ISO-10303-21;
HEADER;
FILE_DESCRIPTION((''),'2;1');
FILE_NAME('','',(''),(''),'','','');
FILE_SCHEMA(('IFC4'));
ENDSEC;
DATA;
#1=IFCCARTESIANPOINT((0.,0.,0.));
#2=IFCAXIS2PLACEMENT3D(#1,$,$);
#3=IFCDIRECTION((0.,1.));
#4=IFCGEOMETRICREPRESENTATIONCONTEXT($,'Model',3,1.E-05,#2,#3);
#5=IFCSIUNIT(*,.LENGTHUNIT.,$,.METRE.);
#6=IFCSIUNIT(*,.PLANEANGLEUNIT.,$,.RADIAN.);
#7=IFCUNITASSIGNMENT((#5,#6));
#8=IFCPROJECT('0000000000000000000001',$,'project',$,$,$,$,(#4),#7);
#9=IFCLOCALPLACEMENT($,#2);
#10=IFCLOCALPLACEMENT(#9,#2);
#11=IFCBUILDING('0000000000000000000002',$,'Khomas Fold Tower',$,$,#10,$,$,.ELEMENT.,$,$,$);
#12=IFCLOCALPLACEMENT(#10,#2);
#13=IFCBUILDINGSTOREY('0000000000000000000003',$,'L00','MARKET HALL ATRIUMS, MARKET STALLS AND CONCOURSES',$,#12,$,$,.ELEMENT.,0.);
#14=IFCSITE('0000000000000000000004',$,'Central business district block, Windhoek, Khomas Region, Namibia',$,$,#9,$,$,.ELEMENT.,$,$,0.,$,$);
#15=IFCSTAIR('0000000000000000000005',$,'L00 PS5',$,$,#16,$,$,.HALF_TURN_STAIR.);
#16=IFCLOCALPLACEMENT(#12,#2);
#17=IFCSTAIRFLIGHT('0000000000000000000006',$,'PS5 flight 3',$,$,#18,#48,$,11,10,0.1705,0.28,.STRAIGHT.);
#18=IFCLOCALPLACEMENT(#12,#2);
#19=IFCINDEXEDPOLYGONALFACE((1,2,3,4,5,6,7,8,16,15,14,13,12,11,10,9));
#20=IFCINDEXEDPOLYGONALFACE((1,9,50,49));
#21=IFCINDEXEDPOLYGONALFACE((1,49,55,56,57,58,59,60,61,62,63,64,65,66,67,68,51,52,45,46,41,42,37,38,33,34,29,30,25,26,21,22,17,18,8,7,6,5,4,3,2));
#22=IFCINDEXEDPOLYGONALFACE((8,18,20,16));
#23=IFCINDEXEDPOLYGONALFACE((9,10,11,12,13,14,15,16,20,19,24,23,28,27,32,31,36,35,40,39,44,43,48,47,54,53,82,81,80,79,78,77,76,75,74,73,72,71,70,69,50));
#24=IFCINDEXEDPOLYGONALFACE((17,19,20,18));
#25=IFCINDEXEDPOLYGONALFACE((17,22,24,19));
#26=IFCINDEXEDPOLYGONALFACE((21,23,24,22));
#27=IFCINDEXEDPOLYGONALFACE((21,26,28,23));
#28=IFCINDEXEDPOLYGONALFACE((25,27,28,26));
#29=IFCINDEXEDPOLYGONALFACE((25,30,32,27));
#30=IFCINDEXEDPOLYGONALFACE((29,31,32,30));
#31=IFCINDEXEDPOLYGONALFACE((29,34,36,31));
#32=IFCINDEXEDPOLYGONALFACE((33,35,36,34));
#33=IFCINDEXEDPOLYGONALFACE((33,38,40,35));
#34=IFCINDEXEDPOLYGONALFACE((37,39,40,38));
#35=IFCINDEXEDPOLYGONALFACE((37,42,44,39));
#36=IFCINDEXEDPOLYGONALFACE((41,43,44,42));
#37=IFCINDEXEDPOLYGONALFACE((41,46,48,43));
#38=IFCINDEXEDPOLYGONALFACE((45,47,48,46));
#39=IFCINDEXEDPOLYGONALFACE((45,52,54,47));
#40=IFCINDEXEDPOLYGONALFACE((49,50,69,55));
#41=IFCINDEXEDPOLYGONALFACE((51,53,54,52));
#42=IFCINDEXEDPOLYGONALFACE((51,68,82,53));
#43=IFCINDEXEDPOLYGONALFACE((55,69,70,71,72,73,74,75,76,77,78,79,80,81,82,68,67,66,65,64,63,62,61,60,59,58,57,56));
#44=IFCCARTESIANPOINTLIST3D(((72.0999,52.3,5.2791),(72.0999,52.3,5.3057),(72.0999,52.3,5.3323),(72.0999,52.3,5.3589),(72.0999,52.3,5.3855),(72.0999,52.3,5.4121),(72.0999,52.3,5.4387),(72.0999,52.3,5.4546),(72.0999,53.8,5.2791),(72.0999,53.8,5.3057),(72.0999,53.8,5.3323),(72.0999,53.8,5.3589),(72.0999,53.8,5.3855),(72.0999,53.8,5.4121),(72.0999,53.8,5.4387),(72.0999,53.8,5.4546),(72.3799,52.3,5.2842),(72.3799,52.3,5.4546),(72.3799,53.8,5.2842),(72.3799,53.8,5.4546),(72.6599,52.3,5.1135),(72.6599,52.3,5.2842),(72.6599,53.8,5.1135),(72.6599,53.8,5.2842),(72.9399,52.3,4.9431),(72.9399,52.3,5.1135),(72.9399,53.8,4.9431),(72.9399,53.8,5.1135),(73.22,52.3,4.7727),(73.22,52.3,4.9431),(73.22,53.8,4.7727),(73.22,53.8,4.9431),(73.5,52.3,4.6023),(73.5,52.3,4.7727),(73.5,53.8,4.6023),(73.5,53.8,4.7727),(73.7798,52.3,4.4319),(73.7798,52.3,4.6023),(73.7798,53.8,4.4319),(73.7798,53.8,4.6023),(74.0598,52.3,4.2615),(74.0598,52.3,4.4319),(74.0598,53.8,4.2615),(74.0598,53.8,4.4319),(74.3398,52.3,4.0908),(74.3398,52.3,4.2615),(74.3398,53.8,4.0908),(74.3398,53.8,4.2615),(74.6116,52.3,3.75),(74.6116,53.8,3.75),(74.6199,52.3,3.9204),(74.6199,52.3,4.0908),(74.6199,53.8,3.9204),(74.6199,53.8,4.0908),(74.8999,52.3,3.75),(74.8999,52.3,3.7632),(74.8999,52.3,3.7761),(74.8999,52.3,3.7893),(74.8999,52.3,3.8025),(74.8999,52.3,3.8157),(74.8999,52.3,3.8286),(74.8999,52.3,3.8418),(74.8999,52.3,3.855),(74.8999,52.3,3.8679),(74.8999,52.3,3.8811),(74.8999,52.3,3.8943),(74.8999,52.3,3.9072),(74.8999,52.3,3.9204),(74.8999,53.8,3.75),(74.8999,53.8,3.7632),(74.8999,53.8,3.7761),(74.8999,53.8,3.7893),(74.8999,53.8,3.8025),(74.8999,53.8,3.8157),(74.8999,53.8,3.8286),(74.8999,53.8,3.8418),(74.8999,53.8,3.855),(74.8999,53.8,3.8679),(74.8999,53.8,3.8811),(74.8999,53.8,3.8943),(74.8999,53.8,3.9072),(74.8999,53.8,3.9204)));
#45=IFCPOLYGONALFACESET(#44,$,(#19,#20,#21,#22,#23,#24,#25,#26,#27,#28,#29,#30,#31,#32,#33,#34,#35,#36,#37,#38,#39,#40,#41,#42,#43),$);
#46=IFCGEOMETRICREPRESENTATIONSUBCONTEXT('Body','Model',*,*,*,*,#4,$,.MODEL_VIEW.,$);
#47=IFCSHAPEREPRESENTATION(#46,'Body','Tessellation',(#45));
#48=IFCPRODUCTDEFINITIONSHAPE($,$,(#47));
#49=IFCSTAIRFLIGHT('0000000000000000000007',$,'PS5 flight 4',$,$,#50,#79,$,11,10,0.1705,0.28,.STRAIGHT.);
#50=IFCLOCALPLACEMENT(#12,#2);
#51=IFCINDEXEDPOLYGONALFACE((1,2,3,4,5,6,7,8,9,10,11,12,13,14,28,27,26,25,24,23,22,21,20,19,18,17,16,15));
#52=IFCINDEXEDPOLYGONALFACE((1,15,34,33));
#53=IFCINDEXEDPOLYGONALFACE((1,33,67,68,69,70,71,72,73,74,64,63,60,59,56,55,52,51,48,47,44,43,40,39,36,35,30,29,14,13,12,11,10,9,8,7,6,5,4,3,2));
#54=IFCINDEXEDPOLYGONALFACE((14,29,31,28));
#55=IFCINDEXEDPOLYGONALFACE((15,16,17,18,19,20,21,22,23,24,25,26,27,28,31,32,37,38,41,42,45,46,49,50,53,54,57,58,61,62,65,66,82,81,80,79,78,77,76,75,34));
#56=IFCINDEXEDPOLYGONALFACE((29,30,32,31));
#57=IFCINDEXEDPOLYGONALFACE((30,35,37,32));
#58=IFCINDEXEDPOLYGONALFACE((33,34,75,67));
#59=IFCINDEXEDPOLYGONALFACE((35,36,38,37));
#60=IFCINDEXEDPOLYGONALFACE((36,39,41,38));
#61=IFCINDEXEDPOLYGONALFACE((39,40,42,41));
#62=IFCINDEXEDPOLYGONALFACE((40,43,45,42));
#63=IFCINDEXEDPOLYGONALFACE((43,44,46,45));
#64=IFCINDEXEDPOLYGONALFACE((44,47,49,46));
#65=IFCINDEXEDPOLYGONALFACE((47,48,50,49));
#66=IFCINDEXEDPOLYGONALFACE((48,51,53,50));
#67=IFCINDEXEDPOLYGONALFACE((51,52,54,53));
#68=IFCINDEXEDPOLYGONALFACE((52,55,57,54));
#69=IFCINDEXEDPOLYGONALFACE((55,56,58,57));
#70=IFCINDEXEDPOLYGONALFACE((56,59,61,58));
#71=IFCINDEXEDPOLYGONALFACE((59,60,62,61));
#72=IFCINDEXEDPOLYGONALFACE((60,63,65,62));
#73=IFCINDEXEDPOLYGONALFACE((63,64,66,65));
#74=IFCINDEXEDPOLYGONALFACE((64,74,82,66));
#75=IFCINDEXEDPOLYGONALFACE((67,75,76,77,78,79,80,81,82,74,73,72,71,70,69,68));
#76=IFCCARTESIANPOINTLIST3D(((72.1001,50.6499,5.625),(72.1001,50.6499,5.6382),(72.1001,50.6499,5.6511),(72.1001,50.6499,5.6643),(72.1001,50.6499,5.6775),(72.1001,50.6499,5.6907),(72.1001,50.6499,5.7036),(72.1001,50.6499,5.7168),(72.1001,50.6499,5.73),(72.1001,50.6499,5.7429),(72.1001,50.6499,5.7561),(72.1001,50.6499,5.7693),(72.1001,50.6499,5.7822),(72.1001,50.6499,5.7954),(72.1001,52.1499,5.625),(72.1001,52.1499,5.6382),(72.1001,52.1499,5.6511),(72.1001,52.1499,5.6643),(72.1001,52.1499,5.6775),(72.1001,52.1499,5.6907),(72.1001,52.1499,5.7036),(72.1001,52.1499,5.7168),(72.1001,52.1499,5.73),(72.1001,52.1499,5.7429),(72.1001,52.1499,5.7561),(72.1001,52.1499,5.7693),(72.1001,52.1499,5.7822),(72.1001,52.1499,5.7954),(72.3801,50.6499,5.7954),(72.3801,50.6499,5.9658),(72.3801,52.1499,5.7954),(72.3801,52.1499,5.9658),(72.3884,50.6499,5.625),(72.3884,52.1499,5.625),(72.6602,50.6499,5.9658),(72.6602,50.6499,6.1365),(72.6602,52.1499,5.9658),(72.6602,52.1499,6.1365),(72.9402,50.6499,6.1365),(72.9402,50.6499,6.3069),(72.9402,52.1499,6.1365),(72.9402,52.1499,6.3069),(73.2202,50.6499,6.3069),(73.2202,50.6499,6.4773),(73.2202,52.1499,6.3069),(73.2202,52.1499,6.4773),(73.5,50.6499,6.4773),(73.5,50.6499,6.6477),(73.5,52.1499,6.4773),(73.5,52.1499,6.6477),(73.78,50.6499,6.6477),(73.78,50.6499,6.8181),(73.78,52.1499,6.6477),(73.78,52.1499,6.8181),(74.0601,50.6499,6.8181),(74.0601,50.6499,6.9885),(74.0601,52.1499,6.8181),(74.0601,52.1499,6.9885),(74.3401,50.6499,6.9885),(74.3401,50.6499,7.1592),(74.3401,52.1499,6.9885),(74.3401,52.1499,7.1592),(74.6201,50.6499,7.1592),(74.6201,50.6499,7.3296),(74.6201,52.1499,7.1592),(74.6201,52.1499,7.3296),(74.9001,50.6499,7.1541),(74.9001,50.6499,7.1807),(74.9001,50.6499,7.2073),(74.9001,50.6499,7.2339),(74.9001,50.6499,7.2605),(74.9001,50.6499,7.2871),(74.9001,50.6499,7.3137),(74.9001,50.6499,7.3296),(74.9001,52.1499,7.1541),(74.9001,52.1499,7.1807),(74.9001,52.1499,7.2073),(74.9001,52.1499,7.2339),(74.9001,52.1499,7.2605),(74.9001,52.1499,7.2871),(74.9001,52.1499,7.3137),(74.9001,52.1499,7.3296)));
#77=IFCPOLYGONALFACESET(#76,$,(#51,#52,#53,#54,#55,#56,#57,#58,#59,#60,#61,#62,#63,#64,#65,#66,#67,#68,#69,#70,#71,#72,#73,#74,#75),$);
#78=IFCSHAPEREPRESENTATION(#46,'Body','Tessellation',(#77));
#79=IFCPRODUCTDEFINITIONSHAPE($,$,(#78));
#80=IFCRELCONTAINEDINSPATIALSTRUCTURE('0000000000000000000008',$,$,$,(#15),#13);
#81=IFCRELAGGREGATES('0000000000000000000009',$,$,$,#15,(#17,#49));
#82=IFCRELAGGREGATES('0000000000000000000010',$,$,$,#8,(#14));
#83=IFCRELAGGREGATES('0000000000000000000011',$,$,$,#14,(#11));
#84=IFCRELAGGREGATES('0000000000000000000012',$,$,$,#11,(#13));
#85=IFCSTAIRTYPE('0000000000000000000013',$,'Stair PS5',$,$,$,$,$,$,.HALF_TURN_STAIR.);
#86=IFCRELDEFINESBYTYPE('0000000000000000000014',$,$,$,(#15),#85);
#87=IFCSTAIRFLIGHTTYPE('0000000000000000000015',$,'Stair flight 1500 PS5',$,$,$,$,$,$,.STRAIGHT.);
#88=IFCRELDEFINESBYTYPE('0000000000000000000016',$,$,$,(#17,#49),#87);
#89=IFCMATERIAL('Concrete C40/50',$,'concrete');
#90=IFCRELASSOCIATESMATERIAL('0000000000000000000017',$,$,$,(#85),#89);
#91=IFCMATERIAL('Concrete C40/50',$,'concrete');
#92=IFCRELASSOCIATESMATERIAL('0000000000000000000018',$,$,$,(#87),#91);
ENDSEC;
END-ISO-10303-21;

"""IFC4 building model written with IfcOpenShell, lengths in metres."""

from ifc_helpers import new_model, si_unit, direction, frame, origin, place, context, subcontext, project, spatial, polyline, outline, extrude, source, transform, mapped, material, type_object, element, aggregate, save


model = new_model("IFC4")

# Units and contexts
model_context = context("Model", 3, precision=1e-05, world=origin(), true_north=direction((0.0, 1.0)))
body_context = subcontext(model_context, "Body", "Model", "MODEL_VIEW")
ifc_project = project(units=[si_unit("LENGTHUNIT", "METRE"), si_unit("PLANEANGLEUNIT", "RADIAN")], contexts=[model_context])

# Site, building, storey
site_placement = place(None, origin())
site = spatial("IfcSite", under=ifc_project, at=site_placement, Name="Central business district block, Windhoek, Khomas Region, Namibia", CompositionType="ELEMENT", RefElevation=0.0)
building_placement = place(site_placement, origin())
building = spatial("IfcBuilding", under=site, at=building_placement, Name="Khomas Fold Tower", CompositionType="ELEMENT")
storey_placement = place(building_placement, origin())
storey = spatial("IfcBuildingStorey", under=building, at=storey_placement, Name="L00", Description="MARKET HALL ATRIUMS, MARKET STALLS AND CONCOURSES", CompositionType="ELEMENT", Elevation=0.0)

# Stair, stair flights
ifc_material_1 = material(Name="Concrete C40/50", Category="concrete")
stair_type = type_object("IfcStairType", Name="Stair PS5", PredefinedType="HALF_TURN_STAIR", material=ifc_material_1)
stair_placement = place(storey_placement, origin())
stair = element("IfcStair", 1, at=stair_placement, inside=storey, type_object=stair_type, Name="L00 PS5", PredefinedType="HALF_TURN_STAIR")
ifc_material_2 = material(Name="Concrete C40/50", Category="concrete")
stair_flight_type = type_object("IfcStairFlightType", Name="Stair flight 1500 PS5", PredefinedType="STRAIGHT", material=ifc_material_2)
shared_shape_1 = source(origin(), body_context, "Body", "SweptSolid", [
    extrude(outline(polyline([(0.0, 0.0), (0.0, 0.0132), (0.0, 0.0261), (0.0, 0.0393), (0.0, 0.0525), (0.0, 0.0657), (0.0, 0.0786), (0.0, 0.0918), (0.0, 0.105), (0.0, 0.1179), (0.0, 0.1311), (0.0, 0.1443), (0.0, 0.1572), (0.0, 0.1704), (0.28, 0.1704), (0.28, 0.3408), (0.5601, 0.3408), (0.5601, 0.5115), (0.8401, 0.5115), (0.8401, 0.6819), (1.1201, 0.6819), (1.1201, 0.8523), (1.3999, 0.8523), (1.3999, 1.0227), (1.6799, 1.0227), (1.6799, 1.1931), (1.96, 1.1931), (1.96, 1.3635), (2.24, 1.3635), (2.24, 1.5342), (2.52, 1.5342), (2.52, 1.7046), (2.8, 1.7046), (2.8, 1.875), (2.8, 1.8484), (2.8, 1.8218), (2.8, 1.7952), (2.8, 1.7686), (2.8, 1.7419), (2.8, 1.7153), (2.8, 1.6887), (2.8, 1.6621), (2.8, 1.6355), (2.8, 1.6089), (2.8, 1.5823), (2.8, 1.5557), (2.8, 1.5291), (0.2883, 0.0), (0.0, 0.0)])), frame((0.0, 0.75, 0.0), z_axis=(0.0, -1.0, 0.0), x_axis=(1.0, 0.0, 0.0)), (0.0, 0.0, 1.0), 1.5),
])
stair_flight_1_placement = place(storey_placement, frame((74.8999, 53.05, 3.75), z_axis=(0.0, 0.0, 1.0), x_axis=(-1.0, 0.0, 0.0)))
stair_flight_1 = element("IfcStairFlight", 2, at=stair_flight_1_placement, type_object=stair_flight_type, Name="PS5 flight 3", NumberOfRisers=11, NumberOfTreads=10, PredefinedType="STRAIGHT", RiserHeight=0.1705, TreadLength=0.28, context=body_context, shape_type="MappedRepresentation", body=[
    mapped(shared_shape_1, transform((0.0, 0.0, 0.0))),
])
stair_flight_2_placement = place(storey_placement, frame((72.1001, 51.3999, 5.625), z_axis=(0.0, 0.0, 1.0), x_axis=(1.0, 0.0, 0.0)))
stair_flight_2 = element("IfcStairFlight", 3, at=stair_flight_2_placement, type_object=stair_flight_type, Name="PS5 flight 4", NumberOfRisers=11, NumberOfTreads=10, PredefinedType="STRAIGHT", RiserHeight=0.1705, TreadLength=0.28, context=body_context, shape_type="MappedRepresentation", body=[
    mapped(shared_shape_1, transform((0.0, 0.0, 0.0))),
])
aggregate(stair, [stair_flight_1, stair_flight_2])

save(model, "model.ifc")
